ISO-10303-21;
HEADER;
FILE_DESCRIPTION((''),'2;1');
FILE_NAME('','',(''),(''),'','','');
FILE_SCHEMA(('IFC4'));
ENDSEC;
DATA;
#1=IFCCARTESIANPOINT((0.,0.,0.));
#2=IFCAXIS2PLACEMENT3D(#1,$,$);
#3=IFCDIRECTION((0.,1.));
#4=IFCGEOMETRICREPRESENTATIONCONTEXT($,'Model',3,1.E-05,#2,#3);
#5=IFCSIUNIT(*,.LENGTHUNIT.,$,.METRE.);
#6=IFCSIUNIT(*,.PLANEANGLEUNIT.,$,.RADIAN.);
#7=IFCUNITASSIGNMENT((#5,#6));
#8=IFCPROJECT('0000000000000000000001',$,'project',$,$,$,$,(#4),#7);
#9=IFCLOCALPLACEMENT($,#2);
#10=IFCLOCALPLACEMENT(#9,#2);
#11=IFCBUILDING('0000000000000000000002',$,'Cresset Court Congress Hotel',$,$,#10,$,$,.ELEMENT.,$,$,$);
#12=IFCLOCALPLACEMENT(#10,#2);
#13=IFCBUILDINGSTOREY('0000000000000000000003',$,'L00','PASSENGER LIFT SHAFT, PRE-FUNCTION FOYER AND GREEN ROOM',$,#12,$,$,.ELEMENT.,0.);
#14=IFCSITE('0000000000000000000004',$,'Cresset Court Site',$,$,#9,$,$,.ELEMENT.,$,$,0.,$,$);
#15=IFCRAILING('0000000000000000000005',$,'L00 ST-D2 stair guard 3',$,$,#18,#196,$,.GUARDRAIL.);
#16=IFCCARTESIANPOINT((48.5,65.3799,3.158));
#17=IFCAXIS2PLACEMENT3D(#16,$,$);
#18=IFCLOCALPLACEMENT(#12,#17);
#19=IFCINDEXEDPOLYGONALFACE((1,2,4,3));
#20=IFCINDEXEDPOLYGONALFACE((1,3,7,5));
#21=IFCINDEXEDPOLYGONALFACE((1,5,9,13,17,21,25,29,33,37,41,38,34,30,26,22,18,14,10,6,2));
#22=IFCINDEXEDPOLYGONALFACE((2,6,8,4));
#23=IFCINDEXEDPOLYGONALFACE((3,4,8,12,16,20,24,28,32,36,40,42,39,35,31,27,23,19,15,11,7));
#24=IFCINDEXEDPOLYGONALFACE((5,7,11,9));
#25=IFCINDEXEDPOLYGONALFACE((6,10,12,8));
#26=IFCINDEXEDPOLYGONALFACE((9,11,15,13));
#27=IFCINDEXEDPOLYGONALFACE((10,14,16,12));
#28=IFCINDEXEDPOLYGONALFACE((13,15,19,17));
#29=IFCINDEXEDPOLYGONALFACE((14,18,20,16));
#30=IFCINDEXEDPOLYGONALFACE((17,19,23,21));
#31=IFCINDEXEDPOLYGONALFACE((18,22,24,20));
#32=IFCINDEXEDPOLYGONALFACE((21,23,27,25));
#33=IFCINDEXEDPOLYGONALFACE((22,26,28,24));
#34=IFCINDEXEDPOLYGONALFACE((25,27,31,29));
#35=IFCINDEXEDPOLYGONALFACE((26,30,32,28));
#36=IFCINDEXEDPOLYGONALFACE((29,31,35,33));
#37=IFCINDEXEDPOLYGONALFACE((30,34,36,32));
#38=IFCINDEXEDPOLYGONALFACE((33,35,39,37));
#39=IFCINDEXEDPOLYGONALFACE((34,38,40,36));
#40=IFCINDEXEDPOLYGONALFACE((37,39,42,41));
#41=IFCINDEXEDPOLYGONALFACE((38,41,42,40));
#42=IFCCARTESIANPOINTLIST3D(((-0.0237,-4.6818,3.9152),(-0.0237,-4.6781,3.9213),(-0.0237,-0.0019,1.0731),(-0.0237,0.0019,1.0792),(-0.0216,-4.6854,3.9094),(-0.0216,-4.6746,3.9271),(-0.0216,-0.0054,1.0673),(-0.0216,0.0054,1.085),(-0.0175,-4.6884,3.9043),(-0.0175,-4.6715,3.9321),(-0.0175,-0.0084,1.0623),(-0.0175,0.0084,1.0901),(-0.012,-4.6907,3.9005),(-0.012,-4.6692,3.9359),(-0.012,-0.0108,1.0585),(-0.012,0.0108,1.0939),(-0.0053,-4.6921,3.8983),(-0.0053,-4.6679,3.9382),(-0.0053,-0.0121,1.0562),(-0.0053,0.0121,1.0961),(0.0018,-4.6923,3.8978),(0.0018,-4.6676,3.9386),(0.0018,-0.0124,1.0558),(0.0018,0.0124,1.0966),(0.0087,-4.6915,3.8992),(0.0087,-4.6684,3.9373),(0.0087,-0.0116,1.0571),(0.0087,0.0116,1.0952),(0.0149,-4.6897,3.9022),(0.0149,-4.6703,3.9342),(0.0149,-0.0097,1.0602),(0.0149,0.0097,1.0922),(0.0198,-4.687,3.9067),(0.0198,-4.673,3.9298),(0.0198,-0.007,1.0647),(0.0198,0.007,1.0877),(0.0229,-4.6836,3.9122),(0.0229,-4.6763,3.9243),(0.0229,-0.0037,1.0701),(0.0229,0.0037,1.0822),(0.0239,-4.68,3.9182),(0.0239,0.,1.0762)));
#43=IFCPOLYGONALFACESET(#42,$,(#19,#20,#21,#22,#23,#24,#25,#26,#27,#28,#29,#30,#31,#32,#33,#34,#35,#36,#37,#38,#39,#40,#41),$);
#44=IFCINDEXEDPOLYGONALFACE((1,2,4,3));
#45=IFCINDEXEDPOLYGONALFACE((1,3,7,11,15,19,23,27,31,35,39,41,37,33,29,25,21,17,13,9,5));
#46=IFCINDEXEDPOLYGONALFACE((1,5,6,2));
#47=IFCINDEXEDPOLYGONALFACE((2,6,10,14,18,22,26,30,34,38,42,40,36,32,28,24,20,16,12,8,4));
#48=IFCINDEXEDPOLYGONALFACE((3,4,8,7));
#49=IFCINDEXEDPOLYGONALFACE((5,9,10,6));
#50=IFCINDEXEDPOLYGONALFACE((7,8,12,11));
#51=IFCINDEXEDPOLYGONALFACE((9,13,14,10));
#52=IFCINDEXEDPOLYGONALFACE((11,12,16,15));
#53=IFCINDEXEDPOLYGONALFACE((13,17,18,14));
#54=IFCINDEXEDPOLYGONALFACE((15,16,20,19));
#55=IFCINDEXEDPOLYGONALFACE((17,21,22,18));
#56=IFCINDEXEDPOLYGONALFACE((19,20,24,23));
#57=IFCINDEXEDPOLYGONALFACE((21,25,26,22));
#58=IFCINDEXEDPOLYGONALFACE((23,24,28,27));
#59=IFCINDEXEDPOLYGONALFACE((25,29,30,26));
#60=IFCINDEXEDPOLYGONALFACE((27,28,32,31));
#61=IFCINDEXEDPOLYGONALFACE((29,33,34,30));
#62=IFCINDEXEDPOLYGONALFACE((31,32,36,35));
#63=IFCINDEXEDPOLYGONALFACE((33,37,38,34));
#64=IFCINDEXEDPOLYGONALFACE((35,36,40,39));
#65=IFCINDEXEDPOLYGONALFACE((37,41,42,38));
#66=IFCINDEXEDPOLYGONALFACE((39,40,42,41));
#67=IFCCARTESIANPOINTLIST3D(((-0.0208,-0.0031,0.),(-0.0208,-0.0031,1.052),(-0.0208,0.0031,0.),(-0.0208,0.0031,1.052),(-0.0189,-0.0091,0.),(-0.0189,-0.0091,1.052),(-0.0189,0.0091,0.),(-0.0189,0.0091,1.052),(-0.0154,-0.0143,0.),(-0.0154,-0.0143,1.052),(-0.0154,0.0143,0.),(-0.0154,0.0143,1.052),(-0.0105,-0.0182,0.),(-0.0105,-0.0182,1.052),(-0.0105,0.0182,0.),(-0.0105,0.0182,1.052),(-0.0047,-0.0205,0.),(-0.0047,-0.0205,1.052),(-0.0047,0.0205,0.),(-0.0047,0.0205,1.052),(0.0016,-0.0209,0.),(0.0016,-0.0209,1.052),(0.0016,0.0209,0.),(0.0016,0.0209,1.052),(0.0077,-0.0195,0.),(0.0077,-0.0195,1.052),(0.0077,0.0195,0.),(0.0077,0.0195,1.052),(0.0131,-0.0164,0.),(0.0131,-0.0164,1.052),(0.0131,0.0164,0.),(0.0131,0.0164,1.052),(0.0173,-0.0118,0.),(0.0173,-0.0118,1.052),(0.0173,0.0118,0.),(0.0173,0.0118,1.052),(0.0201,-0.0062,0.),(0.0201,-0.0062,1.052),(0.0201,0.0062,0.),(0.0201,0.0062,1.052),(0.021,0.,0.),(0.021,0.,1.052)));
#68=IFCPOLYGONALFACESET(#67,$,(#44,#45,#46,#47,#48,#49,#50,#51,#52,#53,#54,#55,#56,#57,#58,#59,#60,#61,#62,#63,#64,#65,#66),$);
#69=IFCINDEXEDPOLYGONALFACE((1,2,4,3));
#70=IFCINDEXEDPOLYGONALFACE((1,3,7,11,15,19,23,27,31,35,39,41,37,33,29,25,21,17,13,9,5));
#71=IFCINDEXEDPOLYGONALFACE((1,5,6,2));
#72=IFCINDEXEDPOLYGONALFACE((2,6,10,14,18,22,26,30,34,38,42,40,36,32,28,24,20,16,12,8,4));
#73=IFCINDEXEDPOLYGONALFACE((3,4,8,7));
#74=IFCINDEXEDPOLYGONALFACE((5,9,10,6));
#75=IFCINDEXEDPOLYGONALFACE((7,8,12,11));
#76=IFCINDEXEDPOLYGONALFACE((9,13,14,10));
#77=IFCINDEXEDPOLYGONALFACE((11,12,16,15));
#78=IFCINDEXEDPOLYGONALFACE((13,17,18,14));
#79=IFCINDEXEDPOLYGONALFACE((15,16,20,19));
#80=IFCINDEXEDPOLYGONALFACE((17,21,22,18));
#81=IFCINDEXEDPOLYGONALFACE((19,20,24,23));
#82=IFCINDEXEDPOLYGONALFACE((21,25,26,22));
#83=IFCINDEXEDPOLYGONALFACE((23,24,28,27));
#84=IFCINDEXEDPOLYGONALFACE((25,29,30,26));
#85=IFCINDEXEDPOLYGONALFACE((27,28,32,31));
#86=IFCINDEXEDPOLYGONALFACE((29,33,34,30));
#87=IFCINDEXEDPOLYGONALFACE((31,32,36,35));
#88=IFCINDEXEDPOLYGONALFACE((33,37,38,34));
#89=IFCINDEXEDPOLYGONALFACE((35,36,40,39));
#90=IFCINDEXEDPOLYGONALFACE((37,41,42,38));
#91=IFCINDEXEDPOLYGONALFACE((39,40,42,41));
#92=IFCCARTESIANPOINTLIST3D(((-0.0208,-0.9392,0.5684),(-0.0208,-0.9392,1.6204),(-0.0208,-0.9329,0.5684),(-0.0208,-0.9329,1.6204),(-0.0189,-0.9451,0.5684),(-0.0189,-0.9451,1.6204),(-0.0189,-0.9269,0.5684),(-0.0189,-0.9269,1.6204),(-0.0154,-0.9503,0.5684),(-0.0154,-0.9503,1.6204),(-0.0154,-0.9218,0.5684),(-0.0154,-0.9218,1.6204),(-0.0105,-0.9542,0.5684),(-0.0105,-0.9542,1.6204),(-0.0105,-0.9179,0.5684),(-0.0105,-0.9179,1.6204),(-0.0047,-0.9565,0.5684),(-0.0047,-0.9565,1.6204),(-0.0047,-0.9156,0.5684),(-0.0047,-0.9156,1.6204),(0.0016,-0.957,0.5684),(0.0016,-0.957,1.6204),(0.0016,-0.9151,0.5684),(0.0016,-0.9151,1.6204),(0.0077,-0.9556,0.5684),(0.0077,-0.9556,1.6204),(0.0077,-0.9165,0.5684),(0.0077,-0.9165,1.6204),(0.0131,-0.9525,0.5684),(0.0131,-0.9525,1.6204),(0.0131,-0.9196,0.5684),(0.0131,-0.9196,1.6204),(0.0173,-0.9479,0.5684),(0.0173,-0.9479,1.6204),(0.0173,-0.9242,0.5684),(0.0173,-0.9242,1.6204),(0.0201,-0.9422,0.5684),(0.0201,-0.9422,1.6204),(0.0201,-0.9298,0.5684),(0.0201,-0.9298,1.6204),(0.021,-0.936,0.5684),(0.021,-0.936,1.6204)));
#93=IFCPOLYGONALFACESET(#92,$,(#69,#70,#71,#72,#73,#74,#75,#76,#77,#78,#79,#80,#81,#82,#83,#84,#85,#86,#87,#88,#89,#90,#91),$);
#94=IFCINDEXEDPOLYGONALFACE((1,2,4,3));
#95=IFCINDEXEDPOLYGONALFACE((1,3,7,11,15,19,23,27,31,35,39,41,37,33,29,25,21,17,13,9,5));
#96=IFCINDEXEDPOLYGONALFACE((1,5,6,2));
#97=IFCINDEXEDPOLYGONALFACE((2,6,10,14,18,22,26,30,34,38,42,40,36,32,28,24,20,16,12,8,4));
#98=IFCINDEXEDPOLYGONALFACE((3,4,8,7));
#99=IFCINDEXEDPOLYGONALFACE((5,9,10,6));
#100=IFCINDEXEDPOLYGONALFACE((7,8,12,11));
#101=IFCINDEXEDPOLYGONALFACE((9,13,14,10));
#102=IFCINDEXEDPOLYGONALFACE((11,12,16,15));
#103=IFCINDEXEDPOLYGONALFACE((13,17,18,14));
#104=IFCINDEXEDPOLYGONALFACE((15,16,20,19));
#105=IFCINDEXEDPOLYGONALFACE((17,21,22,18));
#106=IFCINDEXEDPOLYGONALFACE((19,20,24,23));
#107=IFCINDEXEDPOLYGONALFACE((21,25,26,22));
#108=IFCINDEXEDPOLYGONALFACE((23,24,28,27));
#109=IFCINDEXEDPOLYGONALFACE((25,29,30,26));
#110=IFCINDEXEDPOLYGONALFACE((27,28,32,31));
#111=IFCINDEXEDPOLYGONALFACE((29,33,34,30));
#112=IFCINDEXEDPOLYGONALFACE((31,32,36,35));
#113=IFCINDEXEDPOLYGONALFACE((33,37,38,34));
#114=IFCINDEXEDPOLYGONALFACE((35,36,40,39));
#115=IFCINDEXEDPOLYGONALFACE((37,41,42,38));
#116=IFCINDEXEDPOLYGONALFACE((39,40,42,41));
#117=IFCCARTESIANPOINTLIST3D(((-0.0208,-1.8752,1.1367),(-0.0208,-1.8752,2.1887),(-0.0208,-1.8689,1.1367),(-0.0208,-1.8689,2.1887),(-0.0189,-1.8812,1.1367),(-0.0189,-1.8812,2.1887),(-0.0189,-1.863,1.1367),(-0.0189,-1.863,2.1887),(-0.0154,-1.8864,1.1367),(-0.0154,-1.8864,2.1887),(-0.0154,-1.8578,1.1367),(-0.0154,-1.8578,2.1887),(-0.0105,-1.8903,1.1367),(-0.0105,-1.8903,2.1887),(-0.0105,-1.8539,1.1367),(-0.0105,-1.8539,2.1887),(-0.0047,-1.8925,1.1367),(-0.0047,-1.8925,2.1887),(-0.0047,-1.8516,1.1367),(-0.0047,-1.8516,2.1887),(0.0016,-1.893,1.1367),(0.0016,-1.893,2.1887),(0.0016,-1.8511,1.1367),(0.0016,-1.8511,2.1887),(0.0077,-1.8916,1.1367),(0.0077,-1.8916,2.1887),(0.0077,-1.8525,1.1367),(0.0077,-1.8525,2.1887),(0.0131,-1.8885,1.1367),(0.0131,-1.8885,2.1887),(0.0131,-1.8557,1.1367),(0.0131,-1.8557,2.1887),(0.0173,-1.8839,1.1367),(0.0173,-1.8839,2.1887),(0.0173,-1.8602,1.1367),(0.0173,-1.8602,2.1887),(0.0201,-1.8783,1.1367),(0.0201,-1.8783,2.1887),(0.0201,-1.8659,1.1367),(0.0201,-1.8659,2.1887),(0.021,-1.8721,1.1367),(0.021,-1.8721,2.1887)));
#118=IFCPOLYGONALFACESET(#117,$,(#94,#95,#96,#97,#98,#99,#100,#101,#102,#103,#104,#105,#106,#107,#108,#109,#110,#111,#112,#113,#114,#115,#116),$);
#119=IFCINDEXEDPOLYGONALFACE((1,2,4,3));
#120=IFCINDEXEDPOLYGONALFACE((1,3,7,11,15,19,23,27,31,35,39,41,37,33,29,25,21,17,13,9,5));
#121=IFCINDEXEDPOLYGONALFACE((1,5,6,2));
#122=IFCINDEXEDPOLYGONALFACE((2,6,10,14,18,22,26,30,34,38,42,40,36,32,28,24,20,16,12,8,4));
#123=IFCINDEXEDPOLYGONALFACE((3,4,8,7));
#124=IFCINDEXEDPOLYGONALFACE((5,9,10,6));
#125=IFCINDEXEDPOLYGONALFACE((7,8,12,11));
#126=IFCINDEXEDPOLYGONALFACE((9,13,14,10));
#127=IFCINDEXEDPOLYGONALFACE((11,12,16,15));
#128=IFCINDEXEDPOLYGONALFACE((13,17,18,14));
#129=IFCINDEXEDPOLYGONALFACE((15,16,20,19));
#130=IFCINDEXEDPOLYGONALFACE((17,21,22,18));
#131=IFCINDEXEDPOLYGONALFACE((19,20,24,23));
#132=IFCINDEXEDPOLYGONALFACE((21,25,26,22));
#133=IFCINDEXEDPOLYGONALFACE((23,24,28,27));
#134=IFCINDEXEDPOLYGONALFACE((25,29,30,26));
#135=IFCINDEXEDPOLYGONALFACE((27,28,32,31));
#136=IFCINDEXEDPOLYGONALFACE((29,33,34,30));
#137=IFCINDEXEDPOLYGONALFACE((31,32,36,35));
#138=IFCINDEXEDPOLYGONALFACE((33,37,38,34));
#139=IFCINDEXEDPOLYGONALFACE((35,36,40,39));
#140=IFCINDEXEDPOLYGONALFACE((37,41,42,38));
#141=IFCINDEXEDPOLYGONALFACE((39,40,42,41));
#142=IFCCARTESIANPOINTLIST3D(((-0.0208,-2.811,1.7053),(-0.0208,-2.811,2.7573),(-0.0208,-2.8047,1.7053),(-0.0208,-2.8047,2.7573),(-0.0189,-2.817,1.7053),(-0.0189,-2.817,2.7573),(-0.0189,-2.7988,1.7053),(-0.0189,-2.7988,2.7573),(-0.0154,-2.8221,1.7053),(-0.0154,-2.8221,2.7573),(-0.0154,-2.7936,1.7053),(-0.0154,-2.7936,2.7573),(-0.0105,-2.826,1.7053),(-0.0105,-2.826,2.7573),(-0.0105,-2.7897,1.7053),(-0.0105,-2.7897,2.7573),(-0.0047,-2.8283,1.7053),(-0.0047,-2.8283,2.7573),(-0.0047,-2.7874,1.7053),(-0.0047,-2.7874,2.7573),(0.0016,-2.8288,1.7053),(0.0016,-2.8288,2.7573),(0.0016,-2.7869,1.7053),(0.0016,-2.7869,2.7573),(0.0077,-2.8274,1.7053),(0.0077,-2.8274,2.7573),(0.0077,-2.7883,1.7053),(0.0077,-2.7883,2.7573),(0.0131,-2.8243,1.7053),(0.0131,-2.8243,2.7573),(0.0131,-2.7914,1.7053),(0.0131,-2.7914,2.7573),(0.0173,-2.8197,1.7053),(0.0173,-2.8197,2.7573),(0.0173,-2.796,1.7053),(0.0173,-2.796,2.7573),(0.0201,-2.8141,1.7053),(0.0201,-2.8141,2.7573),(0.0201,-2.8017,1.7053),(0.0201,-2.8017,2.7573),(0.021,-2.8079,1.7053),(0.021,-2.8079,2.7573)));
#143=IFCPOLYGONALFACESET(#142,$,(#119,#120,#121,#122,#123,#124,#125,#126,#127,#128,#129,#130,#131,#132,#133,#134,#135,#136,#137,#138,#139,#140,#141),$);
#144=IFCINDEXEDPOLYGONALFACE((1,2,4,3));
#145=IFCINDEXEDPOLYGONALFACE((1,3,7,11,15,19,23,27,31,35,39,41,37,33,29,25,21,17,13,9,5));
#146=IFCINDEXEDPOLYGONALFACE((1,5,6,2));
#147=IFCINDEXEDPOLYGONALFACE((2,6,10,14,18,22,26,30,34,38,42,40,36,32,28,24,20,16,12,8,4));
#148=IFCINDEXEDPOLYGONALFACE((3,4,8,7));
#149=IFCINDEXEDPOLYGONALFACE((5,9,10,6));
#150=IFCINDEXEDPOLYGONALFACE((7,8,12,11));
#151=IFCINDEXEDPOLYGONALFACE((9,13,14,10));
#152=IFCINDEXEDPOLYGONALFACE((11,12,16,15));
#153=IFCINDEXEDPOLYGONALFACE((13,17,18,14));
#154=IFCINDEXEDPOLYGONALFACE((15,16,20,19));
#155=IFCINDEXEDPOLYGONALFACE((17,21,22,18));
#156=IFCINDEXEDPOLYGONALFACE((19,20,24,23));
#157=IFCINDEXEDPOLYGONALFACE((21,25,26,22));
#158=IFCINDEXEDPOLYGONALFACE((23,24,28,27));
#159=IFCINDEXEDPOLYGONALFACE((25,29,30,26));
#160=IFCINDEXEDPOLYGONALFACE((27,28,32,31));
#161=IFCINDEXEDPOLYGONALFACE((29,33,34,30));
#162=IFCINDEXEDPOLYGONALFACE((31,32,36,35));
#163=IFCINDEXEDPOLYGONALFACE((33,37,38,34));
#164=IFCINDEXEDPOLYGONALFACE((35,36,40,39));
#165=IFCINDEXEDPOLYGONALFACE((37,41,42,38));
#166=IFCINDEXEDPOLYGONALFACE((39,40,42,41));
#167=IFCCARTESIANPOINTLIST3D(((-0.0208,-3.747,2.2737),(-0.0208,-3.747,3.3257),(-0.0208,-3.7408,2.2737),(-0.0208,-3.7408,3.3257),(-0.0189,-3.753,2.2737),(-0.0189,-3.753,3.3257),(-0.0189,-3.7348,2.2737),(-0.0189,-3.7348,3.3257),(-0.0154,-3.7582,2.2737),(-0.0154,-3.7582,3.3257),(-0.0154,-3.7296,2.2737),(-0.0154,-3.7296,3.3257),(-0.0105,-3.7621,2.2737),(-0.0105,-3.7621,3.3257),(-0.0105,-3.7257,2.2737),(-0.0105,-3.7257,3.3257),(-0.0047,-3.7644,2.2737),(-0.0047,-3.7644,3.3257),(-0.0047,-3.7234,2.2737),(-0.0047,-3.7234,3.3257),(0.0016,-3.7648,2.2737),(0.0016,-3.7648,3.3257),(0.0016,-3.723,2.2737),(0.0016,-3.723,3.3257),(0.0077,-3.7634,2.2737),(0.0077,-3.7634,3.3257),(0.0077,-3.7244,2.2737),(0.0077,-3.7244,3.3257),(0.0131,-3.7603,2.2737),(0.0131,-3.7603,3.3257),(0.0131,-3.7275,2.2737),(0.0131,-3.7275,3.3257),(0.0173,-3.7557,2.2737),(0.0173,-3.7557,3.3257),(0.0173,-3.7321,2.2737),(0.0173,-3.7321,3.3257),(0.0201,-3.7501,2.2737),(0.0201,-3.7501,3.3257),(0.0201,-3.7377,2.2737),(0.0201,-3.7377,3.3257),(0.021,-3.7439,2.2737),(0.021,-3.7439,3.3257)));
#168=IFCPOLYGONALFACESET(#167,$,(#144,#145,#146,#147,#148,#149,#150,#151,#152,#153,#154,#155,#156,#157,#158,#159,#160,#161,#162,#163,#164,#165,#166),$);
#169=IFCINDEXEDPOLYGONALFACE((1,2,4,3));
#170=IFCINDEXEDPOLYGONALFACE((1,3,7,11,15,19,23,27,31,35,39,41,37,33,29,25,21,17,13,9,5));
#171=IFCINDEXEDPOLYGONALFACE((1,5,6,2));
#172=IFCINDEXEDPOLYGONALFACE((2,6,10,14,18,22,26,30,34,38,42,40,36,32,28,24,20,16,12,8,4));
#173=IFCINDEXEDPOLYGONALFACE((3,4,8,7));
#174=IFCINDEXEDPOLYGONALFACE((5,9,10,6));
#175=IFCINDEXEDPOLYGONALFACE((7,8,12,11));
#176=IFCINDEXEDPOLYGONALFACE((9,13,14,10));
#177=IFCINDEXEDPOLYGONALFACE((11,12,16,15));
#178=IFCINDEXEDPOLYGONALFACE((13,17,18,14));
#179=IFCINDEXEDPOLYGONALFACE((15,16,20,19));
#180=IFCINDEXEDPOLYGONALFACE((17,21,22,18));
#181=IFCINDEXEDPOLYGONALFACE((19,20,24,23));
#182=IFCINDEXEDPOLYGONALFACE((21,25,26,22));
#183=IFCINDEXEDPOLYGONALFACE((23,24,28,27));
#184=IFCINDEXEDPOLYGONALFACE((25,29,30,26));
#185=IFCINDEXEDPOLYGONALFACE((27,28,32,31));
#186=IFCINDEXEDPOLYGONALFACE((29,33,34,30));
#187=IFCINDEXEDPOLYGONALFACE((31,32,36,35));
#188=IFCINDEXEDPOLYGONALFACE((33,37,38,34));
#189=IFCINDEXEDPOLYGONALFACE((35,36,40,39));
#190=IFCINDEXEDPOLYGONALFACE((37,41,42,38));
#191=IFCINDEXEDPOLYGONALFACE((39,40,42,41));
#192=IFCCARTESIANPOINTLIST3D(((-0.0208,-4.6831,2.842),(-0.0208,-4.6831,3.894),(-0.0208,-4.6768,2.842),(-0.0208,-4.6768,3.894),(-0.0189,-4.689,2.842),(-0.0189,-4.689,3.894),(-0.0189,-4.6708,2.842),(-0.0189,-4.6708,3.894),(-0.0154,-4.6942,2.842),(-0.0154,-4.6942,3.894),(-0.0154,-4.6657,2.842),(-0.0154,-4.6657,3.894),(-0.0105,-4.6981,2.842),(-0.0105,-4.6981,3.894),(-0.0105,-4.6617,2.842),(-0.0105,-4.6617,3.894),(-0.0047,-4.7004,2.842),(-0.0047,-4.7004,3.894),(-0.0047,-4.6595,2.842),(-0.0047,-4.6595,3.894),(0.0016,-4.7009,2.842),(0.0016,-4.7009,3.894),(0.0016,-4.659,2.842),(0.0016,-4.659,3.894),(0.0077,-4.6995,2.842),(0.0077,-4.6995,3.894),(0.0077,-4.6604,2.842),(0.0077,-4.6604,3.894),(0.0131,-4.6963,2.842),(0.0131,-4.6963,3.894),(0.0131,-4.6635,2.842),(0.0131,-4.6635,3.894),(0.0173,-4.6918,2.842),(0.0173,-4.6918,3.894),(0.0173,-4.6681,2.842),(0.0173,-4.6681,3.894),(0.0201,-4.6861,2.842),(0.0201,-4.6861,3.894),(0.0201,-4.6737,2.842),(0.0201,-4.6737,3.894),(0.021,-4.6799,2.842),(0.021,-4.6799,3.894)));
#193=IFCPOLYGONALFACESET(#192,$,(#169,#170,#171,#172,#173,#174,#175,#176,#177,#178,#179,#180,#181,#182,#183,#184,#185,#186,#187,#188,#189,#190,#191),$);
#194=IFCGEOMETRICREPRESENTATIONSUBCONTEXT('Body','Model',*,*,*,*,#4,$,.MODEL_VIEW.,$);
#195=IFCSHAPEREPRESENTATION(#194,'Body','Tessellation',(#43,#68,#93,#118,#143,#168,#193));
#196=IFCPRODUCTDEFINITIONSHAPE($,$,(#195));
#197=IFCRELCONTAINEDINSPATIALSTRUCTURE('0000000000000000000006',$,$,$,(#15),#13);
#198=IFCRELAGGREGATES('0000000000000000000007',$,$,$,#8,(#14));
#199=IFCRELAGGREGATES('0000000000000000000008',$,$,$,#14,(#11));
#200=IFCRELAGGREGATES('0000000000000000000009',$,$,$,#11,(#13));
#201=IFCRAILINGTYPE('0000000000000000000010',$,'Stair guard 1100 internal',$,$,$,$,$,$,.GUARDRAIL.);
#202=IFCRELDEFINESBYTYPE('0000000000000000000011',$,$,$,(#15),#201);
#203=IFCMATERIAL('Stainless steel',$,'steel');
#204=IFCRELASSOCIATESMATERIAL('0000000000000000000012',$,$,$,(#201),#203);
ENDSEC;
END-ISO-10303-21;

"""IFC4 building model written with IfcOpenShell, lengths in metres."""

from ifc_helpers import new_model, si_unit, direction, frame, origin, origin_2d, place, context, subcontext, project, spatial, circle, extrude, material, type_object, element, save


model = new_model("IFC4")

# Units and contexts
model_context = context("Model", 3, precision=1e-05, world=origin(), true_north=direction((0.0, 1.0)))
body_context = subcontext(model_context, "Body", "Model", "MODEL_VIEW")
ifc_project = project(units=[si_unit("LENGTHUNIT", "METRE"), si_unit("PLANEANGLEUNIT", "RADIAN")], contexts=[model_context])

# Site, building, storey
site_placement = place(None, origin())
site = spatial("IfcSite", under=ifc_project, at=site_placement, Name="Cresset Court Site", CompositionType="ELEMENT", RefElevation=0.0)
building_placement = place(site_placement, origin())
building = spatial("IfcBuilding", under=site, at=building_placement, Name="Cresset Court Congress Hotel", CompositionType="ELEMENT")
storey_placement = place(building_placement, origin())
storey = spatial("IfcBuildingStorey", under=building, at=storey_placement, Name="L00", Description="PASSENGER LIFT SHAFT, PRE-FUNCTION FOYER AND GREEN ROOM", CompositionType="ELEMENT", Elevation=0.0)

# Railing
ifc_material_1 = material(Name="Stainless steel", Category="steel")
railing_type_1 = type_object("IfcRailingType", Name="Stair guard 1100 internal", PredefinedType="GUARDRAIL", material=ifc_material_1)
railing_1_placement = place(storey_placement, frame((48.5, 65.3799, 3.158)))
element("IfcRailing", 1, at=railing_1_placement, inside=storey, type_object=railing_type_1, Name="L00 ST-D2 stair guard 3", PredefinedType="GUARDRAIL", context=body_context, shape_type="SweptSolid", body=[
    extrude(circle(Radius=0.0239, at=origin_2d()), frame((0.0, 0.0, 1.0762), z_axis=(0.0, -0.854735, 0.519065), x_axis=(1.0, 0.0, 0.0)), (0.0, 0.0, 1.0), 5.4753),
    extrude(circle(Radius=0.021, at=origin_2d()), origin(), (0.0, 0.0, 1.0), 1.052),
    extrude(circle(Radius=0.021, at=origin_2d()), frame((0.0, -0.936, 0.5684)), (0.0, 0.0, 1.0), 1.052),
    extrude(circle(Radius=0.021, at=origin_2d()), frame((0.0, -1.8721, 1.1367)), (0.0, 0.0, 1.0), 1.052),
    extrude(circle(Radius=0.021, at=origin_2d()), frame((0.0, -2.8079, 1.7053)), (0.0, 0.0, 1.0), 1.052),
    extrude(circle(Radius=0.021, at=origin_2d()), frame((0.0, -3.7439, 2.2737)), (0.0, 0.0, 1.0), 1.052),
    extrude(circle(Radius=0.021, at=origin_2d()), frame((0.0, -4.6799, 2.842)), (0.0, 0.0, 1.0), 1.052),
])

save(model, "model.ifc")
